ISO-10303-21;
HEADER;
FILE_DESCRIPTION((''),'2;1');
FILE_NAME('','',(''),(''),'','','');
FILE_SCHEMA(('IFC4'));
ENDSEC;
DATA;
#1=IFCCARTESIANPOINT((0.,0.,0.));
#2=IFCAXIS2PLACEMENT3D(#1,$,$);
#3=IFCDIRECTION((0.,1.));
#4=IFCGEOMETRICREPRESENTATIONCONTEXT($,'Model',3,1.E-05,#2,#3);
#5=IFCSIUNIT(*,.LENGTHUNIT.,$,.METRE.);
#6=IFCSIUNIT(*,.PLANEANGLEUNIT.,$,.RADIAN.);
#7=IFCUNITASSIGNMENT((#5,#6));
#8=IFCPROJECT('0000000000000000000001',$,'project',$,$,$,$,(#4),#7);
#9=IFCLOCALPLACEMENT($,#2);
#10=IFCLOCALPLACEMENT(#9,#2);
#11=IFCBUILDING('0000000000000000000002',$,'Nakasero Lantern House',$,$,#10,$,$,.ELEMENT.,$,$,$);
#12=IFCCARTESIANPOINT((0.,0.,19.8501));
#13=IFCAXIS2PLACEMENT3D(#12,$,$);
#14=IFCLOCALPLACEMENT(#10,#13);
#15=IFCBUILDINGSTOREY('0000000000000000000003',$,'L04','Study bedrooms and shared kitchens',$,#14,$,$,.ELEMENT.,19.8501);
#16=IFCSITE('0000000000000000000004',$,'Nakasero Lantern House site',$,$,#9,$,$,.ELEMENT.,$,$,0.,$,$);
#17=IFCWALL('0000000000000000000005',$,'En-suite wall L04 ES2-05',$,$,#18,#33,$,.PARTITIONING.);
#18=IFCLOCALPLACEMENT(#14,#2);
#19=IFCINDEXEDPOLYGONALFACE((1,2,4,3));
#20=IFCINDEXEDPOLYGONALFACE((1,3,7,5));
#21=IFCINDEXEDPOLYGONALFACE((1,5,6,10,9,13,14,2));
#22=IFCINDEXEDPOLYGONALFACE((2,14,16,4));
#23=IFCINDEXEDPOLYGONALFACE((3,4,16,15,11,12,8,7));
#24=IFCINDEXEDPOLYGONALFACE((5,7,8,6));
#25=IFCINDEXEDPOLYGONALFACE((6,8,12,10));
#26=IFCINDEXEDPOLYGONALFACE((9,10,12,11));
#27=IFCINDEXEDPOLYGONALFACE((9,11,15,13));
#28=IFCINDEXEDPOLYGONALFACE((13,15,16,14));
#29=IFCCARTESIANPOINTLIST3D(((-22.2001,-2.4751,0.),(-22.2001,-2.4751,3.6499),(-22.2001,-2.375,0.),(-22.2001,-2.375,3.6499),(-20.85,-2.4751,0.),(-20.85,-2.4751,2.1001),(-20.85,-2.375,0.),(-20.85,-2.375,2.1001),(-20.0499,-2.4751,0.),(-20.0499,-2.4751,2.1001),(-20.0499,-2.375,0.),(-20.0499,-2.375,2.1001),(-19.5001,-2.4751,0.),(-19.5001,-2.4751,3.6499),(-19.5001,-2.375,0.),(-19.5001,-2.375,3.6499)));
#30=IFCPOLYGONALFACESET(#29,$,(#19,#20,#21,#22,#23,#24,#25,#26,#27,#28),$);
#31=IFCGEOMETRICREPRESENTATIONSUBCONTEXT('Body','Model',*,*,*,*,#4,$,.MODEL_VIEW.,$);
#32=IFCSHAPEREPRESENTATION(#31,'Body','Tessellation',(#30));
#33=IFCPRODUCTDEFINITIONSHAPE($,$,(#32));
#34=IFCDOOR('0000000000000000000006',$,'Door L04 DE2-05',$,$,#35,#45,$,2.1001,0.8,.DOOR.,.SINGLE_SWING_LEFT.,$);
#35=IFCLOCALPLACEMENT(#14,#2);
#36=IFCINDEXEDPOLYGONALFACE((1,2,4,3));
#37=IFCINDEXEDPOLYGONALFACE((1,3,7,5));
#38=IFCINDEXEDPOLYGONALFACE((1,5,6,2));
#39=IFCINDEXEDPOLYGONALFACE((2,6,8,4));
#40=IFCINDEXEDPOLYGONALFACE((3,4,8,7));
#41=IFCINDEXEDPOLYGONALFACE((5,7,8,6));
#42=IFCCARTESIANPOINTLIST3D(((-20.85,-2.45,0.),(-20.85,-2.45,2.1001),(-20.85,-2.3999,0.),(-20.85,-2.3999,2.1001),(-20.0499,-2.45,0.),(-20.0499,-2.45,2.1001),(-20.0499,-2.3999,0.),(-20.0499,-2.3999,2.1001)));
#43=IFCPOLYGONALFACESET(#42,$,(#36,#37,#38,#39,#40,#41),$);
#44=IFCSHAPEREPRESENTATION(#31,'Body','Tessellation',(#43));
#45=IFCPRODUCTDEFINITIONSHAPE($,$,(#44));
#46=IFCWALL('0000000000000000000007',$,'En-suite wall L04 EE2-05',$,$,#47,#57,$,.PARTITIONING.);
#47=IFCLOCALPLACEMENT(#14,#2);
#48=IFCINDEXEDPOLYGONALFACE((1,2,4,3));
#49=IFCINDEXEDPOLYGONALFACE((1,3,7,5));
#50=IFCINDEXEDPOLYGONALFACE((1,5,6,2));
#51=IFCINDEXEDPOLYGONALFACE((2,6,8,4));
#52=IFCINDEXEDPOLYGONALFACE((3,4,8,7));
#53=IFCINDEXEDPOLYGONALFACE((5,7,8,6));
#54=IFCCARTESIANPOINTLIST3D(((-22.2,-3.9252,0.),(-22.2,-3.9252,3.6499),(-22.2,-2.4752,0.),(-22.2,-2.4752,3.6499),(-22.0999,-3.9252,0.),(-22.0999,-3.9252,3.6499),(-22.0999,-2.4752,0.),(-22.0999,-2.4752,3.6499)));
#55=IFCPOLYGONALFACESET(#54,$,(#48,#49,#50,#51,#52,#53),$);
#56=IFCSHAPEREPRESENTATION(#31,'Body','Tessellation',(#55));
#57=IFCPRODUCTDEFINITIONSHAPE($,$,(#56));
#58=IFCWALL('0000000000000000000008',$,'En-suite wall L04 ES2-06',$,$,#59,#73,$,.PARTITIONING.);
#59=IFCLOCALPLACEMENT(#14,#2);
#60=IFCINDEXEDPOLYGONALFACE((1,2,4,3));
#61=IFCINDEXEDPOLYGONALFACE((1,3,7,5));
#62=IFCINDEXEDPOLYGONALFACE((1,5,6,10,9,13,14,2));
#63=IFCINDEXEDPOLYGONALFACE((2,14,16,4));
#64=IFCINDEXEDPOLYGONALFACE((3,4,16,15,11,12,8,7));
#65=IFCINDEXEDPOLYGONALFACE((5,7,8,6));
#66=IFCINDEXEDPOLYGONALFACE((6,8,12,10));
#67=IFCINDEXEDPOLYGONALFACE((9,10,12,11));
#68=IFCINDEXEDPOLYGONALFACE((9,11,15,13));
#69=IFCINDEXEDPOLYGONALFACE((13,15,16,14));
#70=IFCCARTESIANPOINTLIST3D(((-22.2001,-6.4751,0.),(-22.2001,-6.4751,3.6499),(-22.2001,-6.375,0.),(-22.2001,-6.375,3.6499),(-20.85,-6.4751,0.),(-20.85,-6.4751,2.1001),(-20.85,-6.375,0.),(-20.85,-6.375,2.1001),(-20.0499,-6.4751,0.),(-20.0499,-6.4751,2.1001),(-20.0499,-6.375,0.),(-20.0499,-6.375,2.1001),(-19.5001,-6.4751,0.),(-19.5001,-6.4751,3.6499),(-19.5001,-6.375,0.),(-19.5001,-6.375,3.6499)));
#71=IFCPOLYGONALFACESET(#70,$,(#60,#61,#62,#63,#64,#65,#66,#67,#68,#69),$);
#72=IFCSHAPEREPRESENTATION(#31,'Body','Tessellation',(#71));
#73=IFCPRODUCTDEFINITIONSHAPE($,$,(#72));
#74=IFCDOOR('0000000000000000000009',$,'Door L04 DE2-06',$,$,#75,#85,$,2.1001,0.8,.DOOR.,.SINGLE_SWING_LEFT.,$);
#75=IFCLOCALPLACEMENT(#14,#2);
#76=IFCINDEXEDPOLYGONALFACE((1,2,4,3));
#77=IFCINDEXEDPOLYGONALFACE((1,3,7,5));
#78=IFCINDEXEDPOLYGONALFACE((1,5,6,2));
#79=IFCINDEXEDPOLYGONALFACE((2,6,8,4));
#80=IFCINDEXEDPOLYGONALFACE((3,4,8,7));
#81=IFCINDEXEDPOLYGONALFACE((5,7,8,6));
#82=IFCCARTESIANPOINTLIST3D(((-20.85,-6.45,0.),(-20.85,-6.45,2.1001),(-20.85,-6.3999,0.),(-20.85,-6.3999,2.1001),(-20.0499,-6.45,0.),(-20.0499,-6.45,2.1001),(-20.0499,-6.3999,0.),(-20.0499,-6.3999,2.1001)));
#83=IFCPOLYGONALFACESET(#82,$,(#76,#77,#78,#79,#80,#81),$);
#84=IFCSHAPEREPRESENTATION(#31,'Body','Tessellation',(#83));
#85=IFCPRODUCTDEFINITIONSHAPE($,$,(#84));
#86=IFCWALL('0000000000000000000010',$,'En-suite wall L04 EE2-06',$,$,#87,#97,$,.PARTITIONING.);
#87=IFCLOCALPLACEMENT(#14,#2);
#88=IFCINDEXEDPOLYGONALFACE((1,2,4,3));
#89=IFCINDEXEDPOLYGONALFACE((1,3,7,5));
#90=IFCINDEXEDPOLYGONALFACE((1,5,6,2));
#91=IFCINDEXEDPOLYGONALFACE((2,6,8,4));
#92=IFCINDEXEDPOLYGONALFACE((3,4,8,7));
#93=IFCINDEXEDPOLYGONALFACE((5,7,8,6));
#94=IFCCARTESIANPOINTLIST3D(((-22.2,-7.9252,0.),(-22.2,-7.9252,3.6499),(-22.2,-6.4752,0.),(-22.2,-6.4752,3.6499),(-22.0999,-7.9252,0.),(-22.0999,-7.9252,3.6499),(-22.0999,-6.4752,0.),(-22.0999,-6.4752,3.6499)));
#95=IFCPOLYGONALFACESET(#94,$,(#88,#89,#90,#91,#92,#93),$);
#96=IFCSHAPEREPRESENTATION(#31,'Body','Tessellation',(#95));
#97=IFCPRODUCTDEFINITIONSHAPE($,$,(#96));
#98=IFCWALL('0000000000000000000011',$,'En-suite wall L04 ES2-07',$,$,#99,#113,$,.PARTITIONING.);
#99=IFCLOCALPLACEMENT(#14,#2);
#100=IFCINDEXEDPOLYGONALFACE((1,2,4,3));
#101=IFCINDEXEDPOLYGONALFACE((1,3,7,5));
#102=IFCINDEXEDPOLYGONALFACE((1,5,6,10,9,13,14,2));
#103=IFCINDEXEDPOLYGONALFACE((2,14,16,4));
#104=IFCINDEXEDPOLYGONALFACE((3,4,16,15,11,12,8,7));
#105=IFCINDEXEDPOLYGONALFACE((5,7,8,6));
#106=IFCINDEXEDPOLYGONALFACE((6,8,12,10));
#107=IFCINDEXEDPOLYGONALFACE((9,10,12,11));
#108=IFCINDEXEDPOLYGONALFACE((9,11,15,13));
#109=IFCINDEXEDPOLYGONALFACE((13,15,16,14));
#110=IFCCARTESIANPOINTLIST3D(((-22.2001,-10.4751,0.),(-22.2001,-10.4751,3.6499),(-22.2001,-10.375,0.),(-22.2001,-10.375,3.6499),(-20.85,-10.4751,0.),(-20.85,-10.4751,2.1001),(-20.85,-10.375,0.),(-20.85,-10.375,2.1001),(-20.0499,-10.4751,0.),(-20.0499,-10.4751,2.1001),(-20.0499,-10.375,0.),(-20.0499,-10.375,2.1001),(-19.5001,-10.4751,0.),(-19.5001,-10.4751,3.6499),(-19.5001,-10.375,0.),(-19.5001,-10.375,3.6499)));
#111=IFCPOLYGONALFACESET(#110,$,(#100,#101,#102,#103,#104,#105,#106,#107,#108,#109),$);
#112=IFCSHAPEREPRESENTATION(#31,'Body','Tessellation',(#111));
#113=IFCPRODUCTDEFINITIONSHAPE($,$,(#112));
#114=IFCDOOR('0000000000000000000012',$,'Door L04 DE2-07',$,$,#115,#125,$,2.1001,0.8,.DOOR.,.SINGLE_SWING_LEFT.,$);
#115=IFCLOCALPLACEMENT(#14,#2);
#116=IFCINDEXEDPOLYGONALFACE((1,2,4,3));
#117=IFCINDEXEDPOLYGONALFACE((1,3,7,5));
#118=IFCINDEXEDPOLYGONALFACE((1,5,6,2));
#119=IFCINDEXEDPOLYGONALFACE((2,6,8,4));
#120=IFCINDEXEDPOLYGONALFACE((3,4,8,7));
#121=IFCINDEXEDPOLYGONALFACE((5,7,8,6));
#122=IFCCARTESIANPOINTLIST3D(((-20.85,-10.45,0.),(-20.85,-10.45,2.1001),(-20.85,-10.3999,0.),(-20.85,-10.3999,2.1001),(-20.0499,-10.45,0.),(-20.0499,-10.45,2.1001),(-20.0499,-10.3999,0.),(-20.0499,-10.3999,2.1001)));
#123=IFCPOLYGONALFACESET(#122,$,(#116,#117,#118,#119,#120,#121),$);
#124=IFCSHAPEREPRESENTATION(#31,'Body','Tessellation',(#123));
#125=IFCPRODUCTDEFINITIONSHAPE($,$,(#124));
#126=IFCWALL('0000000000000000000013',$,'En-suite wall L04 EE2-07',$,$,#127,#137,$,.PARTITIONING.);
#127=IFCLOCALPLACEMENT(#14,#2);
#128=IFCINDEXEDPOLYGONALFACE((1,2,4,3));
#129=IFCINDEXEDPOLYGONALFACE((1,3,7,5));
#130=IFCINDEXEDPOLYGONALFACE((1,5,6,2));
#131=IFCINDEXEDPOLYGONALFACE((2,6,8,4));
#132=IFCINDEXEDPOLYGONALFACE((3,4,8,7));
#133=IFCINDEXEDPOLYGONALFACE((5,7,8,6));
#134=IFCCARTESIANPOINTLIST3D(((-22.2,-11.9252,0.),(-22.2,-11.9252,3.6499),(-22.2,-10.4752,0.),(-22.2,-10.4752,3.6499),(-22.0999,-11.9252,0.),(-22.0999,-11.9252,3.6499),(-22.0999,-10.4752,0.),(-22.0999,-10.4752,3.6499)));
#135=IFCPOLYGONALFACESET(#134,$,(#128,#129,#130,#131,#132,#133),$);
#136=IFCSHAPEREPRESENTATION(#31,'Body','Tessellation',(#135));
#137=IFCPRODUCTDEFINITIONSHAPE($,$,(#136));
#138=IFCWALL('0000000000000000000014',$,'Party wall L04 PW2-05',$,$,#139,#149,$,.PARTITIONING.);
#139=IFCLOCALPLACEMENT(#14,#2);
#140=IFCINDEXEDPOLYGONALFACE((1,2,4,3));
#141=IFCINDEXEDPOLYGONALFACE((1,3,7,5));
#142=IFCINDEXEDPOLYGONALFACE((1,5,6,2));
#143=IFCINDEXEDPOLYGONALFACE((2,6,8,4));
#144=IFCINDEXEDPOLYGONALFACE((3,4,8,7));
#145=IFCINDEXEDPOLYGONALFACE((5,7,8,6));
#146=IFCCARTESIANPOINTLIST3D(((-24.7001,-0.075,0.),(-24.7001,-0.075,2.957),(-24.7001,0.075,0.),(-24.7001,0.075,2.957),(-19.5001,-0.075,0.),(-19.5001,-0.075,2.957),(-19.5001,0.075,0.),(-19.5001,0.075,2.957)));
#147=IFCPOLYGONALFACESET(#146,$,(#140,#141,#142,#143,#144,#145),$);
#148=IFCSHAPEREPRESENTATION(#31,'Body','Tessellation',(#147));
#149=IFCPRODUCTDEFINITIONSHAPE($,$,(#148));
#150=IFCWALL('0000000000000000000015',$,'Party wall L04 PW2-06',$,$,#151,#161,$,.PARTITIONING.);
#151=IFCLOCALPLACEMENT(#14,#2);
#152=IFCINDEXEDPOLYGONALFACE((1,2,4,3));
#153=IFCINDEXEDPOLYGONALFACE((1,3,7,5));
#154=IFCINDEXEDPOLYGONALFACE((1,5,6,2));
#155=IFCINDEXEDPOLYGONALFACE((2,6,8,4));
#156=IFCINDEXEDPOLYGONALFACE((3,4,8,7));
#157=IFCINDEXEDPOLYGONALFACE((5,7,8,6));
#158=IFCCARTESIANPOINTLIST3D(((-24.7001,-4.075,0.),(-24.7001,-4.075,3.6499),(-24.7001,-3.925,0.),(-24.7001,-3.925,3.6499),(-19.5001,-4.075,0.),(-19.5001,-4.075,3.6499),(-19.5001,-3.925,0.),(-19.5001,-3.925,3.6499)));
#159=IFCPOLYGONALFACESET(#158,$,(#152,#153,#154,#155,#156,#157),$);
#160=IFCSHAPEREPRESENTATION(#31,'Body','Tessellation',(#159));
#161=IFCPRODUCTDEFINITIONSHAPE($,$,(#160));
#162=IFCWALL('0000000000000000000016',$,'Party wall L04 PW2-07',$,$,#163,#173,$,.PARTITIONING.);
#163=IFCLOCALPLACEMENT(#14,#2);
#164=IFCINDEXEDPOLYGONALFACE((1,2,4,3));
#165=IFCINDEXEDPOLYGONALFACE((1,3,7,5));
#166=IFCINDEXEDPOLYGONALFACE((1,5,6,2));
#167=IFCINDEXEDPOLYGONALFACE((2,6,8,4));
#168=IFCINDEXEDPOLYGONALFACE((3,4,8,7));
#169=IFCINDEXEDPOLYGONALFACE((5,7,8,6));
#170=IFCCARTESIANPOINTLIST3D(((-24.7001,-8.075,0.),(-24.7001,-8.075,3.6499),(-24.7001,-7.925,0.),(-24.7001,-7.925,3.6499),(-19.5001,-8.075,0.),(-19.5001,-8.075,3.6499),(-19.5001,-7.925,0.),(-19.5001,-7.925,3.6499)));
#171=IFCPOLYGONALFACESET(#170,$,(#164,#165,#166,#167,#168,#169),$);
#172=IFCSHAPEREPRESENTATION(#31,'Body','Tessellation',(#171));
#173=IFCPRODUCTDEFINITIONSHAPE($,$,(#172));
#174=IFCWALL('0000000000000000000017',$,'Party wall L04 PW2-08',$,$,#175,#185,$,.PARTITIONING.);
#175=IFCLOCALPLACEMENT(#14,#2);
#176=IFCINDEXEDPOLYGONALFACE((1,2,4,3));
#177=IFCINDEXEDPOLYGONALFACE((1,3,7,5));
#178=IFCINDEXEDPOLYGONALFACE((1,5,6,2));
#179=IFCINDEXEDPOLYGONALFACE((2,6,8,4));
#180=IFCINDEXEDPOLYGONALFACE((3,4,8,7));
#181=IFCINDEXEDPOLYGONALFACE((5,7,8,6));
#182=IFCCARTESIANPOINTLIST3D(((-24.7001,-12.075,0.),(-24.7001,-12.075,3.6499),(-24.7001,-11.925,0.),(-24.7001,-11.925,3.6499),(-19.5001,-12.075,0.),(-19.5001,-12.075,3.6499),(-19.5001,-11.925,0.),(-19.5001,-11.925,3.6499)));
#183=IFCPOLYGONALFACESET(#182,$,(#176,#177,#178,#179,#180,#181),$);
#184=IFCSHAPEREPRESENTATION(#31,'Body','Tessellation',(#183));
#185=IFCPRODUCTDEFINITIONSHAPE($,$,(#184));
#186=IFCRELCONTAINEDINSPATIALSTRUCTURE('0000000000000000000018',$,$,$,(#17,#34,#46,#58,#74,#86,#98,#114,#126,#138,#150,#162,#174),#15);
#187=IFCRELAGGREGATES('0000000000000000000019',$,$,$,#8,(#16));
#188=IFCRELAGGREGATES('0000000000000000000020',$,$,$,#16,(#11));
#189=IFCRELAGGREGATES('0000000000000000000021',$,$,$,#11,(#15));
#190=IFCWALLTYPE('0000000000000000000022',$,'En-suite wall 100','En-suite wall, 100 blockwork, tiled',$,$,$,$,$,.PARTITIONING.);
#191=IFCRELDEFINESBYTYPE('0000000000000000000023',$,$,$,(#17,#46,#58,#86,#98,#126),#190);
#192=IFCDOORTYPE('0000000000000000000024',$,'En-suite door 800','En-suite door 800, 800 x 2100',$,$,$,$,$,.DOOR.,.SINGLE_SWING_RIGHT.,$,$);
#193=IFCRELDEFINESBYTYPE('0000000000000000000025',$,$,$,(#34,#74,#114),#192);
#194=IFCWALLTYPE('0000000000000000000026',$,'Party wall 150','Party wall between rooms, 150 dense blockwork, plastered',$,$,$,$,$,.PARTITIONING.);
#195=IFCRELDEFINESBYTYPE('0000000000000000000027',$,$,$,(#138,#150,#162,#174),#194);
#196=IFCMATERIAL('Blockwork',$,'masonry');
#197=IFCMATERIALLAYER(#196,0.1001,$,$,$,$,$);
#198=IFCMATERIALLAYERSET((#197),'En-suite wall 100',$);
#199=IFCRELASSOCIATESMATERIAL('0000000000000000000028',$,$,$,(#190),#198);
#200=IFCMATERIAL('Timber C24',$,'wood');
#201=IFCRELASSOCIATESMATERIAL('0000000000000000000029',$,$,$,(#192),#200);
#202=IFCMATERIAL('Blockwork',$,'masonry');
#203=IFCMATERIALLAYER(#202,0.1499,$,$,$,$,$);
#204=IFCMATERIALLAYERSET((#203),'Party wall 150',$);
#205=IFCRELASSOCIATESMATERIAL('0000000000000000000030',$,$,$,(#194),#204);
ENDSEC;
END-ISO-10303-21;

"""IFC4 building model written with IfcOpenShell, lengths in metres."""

from ifc_helpers import new_model, si_unit, direction, frame, frame_2d, origin, place, context, subcontext, project, spatial, rectangle, extrude, material, layer, layer_set, type_object, element, fill, save


model = new_model("IFC4")

# Units and contexts
model_context = context("Model", 3, precision=1e-05, world=origin(), true_north=direction((0.0, 1.0)))
body_context = subcontext(model_context, "Body", "Model", "MODEL_VIEW")
ifc_project = project(units=[si_unit("LENGTHUNIT", "METRE"), si_unit("PLANEANGLEUNIT", "RADIAN")], contexts=[model_context])

# Site, building, storey
site_placement = place(None, origin())
site = spatial("IfcSite", under=ifc_project, at=site_placement, Name="Nakasero Lantern House site", CompositionType="ELEMENT", RefElevation=0.0)
building_placement = place(site_placement, origin())
building = spatial("IfcBuilding", under=site, at=building_placement, Name="Nakasero Lantern House", CompositionType="ELEMENT")
storey_placement = place(building_placement, frame((0.0, 0.0, 19.8501)))
storey = spatial("IfcBuildingStorey", under=building, at=storey_placement, Name="L04", Description="Study bedrooms and shared kitchens", CompositionType="ELEMENT", Elevation=19.8501)

# Wall, opening, door
ifc_material_1 = material(Name="Blockwork", Category="masonry")
ifc_layer_1 = layer(ifc_material_1, 0.1001)
ifc_layer_set_1 = layer_set([ifc_layer_1], Name="En-suite wall 100")
wall_type_1 = type_object("IfcWallType", Name="En-suite wall 100", Description="En-suite wall, 100 blockwork, tiled", PredefinedType="PARTITIONING", material=ifc_layer_set_1)
wall_1_placement = place(storey_placement, frame((-19.5, -2.425, 0.0), z_axis=(0.0, 0.0, 1.0), x_axis=(-1.0, 0.0, 0.0)))
wall_1 = element("IfcWall", 1, at=wall_1_placement, inside=storey, type_object=wall_type_1, Name="En-suite wall L04 ES2-05", PredefinedType="PARTITIONING", context=body_context, shape_type="SweptSolid", body=[
    extrude(rectangle(XDim=2.7, YDim=0.1001, at=frame_2d((1.3501, 0.0))), origin(), (0.0, 0.0, 1.0), 3.6499),
])
opening_1_placement = place(wall_1_placement, frame((0.55, 0.0, 0.0)))
opening_1 = element("IfcOpeningElement", 2, at=opening_1_placement, cuts=wall_1, PredefinedType="OPENING", context=body_context, shape_type="SweptSolid", body=[
    extrude(rectangle(XDim=0.8, YDim=2.1001, at=frame_2d((0.3999, 1.05))), frame((0.0, 0.0701, 0.0), z_axis=(0.0, -1.0, 0.0), x_axis=(1.0, 0.0, 0.0)), (0.0, 0.0, 1.0), 0.1401),
])
ifc_material_2 = material(Name="Timber C24", Category="wood")
door_type = type_object("IfcDoorType", Name="En-suite door 800", Description="En-suite door 800, 800 x 2100", OperationType="SINGLE_SWING_RIGHT", PredefinedType="DOOR", material=ifc_material_2)
door_1_placement = place(opening_1_placement, origin())
door_1 = element("IfcDoor", 3, at=door_1_placement, inside=storey, type_object=door_type, Name="Door L04 DE2-05", OperationType="SINGLE_SWING_LEFT", OverallHeight=2.1001, OverallWidth=0.8, PredefinedType="DOOR", context=body_context, shape_type="SweptSolid", body=[
    extrude(rectangle(XDim=0.8, YDim=2.1001, at=frame_2d((0.3999, 1.05))), frame((0.0, 0.0249, 0.0), z_axis=(0.0, -1.0, 0.0), x_axis=(1.0, 0.0, 0.0)), (0.0, 0.0, 1.0), 0.05),
])
fill(opening_1, door_1)

# Wall
wall_2_placement = place(storey_placement, frame((-22.1499, -2.4751, 0.0), z_axis=(0.0, 0.0, 1.0), x_axis=(0.0, -1.0, 0.0)))
element("IfcWall", 4, at=wall_2_placement, inside=storey, type_object=wall_type_1, Name="En-suite wall L04 EE2-05", PredefinedType="PARTITIONING", context=body_context, shape_type="SweptSolid", body=[
    extrude(rectangle(XDim=1.45, YDim=0.1001, at=frame_2d((0.7251, 0.0))), origin(), (0.0, 0.0, 1.0), 3.6499),
])

# Wall, opening, door
wall_3_placement = place(storey_placement, frame((-19.5, -6.425, 0.0), z_axis=(0.0, 0.0, 1.0), x_axis=(-1.0, 0.0, 0.0)))
wall_3 = element("IfcWall", 5, at=wall_3_placement, inside=storey, type_object=wall_type_1, Name="En-suite wall L04 ES2-06", PredefinedType="PARTITIONING", context=body_context, shape_type="SweptSolid", body=[
    extrude(rectangle(XDim=2.7, YDim=0.1001, at=frame_2d((1.3501, 0.0))), origin(), (0.0, 0.0, 1.0), 3.6499),
])
opening_2_placement = place(wall_3_placement, frame((0.55, 0.0, 0.0)))
opening_2 = element("IfcOpeningElement", 6, at=opening_2_placement, cuts=wall_3, PredefinedType="OPENING", context=body_context, shape_type="SweptSolid", body=[
    extrude(rectangle(XDim=0.8, YDim=2.1001, at=frame_2d((0.3999, 1.05))), frame((0.0, 0.0701, 0.0), z_axis=(0.0, -1.0, 0.0), x_axis=(1.0, 0.0, 0.0)), (0.0, 0.0, 1.0), 0.1401),
])
door_2_placement = place(opening_2_placement, origin())
door_2 = element("IfcDoor", 7, at=door_2_placement, inside=storey, type_object=door_type, Name="Door L04 DE2-06", OperationType="SINGLE_SWING_LEFT", OverallHeight=2.1001, OverallWidth=0.8, PredefinedType="DOOR", context=body_context, shape_type="SweptSolid", body=[
    extrude(rectangle(XDim=0.8, YDim=2.1001, at=frame_2d((0.3999, 1.05))), frame((0.0, 0.0249, 0.0), z_axis=(0.0, -1.0, 0.0), x_axis=(1.0, 0.0, 0.0)), (0.0, 0.0, 1.0), 0.05),
])
fill(opening_2, door_2)

# Wall
wall_4_placement = place(storey_placement, frame((-22.1499, -6.4751, 0.0), z_axis=(0.0, 0.0, 1.0), x_axis=(0.0, -1.0, 0.0)))
element("IfcWall", 8, at=wall_4_placement, inside=storey, type_object=wall_type_1, Name="En-suite wall L04 EE2-06", PredefinedType="PARTITIONING", context=body_context, shape_type="SweptSolid", body=[
    extrude(rectangle(XDim=1.45, YDim=0.1001, at=frame_2d((0.7251, 0.0))), origin(), (0.0, 0.0, 1.0), 3.6499),
])

# Wall, opening, door
wall_5_placement = place(storey_placement, frame((-19.5, -10.425, 0.0), z_axis=(0.0, 0.0, 1.0), x_axis=(-1.0, 0.0, 0.0)))
wall_5 = element("IfcWall", 9, at=wall_5_placement, inside=storey, type_object=wall_type_1, Name="En-suite wall L04 ES2-07", PredefinedType="PARTITIONING", context=body_context, shape_type="SweptSolid", body=[
    extrude(rectangle(XDim=2.7, YDim=0.1001, at=frame_2d((1.3501, 0.0))), origin(), (0.0, 0.0, 1.0), 3.6499),
])
opening_3_placement = place(wall_5_placement, frame((0.55, 0.0, 0.0)))
opening_3 = element("IfcOpeningElement", 10, at=opening_3_placement, cuts=wall_5, PredefinedType="OPENING", context=body_context, shape_type="SweptSolid", body=[
    extrude(rectangle(XDim=0.8, YDim=2.1001, at=frame_2d((0.3999, 1.05))), frame((0.0, 0.0701, 0.0), z_axis=(0.0, -1.0, 0.0), x_axis=(1.0, 0.0, 0.0)), (0.0, 0.0, 1.0), 0.1401),
])
door_3_placement = place(opening_3_placement, origin())
door_3 = element("IfcDoor", 11, at=door_3_placement, inside=storey, type_object=door_type, Name="Door L04 DE2-07", OperationType="SINGLE_SWING_LEFT", OverallHeight=2.1001, OverallWidth=0.8, PredefinedType="DOOR", context=body_context, shape_type="SweptSolid", body=[
    extrude(rectangle(XDim=0.8, YDim=2.1001, at=frame_2d((0.3999, 1.05))), frame((0.0, 0.0249, 0.0), z_axis=(0.0, -1.0, 0.0), x_axis=(1.0, 0.0, 0.0)), (0.0, 0.0, 1.0), 0.05),
])
fill(opening_3, door_3)

# Walls
wall_6_placement = place(storey_placement, frame((-22.1499, -10.4751, 0.0), z_axis=(0.0, 0.0, 1.0), x_axis=(0.0, -1.0, 0.0)))
element("IfcWall", 12, at=wall_6_placement, inside=storey, type_object=wall_type_1, Name="En-suite wall L04 EE2-07", PredefinedType="PARTITIONING", context=body_context, shape_type="SweptSolid", body=[
    extrude(rectangle(XDim=1.45, YDim=0.1001, at=frame_2d((0.7251, 0.0))), origin(), (0.0, 0.0, 1.0), 3.6499),
])
ifc_material_3 = material(Name="Blockwork", Category="masonry")
ifc_layer_2 = layer(ifc_material_3, 0.1499)
ifc_layer_set_2 = layer_set([ifc_layer_2], Name="Party wall 150")
wall_type_2 = type_object("IfcWallType", Name="Party wall 150", Description="Party wall between rooms, 150 dense blockwork, plastered", PredefinedType="PARTITIONING", material=ifc_layer_set_2)
wall_7_placement = place(storey_placement, frame((-19.5, 0.0, 0.0), z_axis=(0.0, 0.0, 1.0), x_axis=(-1.0, 0.0, 0.0)))
element("IfcWall", 13, at=wall_7_placement, inside=storey, type_object=wall_type_2, Name="Party wall L04 PW2-05", PredefinedType="PARTITIONING", context=body_context, shape_type="SweptSolid", body=[
    extrude(rectangle(XDim=5.2, YDim=0.1499, at=frame_2d((2.6001, 0.0))), origin(), (0.0, 0.0, 1.0), 2.957),
])
for number, where, z_axis, x_axis, name in (
    (14, (-19.5, -4.0, 0.0), (0.0, 0.0, 1.0), (-1.0, 0.0, 0.0), "Party wall L04 PW2-06"),
    (15, (-19.5, -8.0, 0.0), (0.0, 0.0, 1.0), (-1.0, 0.0, 0.0), "Party wall L04 PW2-07"),
    (16, (-19.5, -12.0, 0.0), (0.0, 0.0, 1.0), (-1.0, 0.0, 0.0), "Party wall L04 PW2-08"),
):
    element("IfcWall", number, at=place(storey_placement, frame(where, z_axis=z_axis, x_axis=x_axis)), inside=storey, type_object=wall_type_2, Name=name, PredefinedType="PARTITIONING", context=body_context, shape_type="SweptSolid", body=[
        extrude(rectangle(XDim=5.2, YDim=0.1499, at=frame_2d((2.6001, 0.0))), origin(), (0.0, 0.0, 1.0), 3.6499),
    ])

save(model, "model.ifc")
